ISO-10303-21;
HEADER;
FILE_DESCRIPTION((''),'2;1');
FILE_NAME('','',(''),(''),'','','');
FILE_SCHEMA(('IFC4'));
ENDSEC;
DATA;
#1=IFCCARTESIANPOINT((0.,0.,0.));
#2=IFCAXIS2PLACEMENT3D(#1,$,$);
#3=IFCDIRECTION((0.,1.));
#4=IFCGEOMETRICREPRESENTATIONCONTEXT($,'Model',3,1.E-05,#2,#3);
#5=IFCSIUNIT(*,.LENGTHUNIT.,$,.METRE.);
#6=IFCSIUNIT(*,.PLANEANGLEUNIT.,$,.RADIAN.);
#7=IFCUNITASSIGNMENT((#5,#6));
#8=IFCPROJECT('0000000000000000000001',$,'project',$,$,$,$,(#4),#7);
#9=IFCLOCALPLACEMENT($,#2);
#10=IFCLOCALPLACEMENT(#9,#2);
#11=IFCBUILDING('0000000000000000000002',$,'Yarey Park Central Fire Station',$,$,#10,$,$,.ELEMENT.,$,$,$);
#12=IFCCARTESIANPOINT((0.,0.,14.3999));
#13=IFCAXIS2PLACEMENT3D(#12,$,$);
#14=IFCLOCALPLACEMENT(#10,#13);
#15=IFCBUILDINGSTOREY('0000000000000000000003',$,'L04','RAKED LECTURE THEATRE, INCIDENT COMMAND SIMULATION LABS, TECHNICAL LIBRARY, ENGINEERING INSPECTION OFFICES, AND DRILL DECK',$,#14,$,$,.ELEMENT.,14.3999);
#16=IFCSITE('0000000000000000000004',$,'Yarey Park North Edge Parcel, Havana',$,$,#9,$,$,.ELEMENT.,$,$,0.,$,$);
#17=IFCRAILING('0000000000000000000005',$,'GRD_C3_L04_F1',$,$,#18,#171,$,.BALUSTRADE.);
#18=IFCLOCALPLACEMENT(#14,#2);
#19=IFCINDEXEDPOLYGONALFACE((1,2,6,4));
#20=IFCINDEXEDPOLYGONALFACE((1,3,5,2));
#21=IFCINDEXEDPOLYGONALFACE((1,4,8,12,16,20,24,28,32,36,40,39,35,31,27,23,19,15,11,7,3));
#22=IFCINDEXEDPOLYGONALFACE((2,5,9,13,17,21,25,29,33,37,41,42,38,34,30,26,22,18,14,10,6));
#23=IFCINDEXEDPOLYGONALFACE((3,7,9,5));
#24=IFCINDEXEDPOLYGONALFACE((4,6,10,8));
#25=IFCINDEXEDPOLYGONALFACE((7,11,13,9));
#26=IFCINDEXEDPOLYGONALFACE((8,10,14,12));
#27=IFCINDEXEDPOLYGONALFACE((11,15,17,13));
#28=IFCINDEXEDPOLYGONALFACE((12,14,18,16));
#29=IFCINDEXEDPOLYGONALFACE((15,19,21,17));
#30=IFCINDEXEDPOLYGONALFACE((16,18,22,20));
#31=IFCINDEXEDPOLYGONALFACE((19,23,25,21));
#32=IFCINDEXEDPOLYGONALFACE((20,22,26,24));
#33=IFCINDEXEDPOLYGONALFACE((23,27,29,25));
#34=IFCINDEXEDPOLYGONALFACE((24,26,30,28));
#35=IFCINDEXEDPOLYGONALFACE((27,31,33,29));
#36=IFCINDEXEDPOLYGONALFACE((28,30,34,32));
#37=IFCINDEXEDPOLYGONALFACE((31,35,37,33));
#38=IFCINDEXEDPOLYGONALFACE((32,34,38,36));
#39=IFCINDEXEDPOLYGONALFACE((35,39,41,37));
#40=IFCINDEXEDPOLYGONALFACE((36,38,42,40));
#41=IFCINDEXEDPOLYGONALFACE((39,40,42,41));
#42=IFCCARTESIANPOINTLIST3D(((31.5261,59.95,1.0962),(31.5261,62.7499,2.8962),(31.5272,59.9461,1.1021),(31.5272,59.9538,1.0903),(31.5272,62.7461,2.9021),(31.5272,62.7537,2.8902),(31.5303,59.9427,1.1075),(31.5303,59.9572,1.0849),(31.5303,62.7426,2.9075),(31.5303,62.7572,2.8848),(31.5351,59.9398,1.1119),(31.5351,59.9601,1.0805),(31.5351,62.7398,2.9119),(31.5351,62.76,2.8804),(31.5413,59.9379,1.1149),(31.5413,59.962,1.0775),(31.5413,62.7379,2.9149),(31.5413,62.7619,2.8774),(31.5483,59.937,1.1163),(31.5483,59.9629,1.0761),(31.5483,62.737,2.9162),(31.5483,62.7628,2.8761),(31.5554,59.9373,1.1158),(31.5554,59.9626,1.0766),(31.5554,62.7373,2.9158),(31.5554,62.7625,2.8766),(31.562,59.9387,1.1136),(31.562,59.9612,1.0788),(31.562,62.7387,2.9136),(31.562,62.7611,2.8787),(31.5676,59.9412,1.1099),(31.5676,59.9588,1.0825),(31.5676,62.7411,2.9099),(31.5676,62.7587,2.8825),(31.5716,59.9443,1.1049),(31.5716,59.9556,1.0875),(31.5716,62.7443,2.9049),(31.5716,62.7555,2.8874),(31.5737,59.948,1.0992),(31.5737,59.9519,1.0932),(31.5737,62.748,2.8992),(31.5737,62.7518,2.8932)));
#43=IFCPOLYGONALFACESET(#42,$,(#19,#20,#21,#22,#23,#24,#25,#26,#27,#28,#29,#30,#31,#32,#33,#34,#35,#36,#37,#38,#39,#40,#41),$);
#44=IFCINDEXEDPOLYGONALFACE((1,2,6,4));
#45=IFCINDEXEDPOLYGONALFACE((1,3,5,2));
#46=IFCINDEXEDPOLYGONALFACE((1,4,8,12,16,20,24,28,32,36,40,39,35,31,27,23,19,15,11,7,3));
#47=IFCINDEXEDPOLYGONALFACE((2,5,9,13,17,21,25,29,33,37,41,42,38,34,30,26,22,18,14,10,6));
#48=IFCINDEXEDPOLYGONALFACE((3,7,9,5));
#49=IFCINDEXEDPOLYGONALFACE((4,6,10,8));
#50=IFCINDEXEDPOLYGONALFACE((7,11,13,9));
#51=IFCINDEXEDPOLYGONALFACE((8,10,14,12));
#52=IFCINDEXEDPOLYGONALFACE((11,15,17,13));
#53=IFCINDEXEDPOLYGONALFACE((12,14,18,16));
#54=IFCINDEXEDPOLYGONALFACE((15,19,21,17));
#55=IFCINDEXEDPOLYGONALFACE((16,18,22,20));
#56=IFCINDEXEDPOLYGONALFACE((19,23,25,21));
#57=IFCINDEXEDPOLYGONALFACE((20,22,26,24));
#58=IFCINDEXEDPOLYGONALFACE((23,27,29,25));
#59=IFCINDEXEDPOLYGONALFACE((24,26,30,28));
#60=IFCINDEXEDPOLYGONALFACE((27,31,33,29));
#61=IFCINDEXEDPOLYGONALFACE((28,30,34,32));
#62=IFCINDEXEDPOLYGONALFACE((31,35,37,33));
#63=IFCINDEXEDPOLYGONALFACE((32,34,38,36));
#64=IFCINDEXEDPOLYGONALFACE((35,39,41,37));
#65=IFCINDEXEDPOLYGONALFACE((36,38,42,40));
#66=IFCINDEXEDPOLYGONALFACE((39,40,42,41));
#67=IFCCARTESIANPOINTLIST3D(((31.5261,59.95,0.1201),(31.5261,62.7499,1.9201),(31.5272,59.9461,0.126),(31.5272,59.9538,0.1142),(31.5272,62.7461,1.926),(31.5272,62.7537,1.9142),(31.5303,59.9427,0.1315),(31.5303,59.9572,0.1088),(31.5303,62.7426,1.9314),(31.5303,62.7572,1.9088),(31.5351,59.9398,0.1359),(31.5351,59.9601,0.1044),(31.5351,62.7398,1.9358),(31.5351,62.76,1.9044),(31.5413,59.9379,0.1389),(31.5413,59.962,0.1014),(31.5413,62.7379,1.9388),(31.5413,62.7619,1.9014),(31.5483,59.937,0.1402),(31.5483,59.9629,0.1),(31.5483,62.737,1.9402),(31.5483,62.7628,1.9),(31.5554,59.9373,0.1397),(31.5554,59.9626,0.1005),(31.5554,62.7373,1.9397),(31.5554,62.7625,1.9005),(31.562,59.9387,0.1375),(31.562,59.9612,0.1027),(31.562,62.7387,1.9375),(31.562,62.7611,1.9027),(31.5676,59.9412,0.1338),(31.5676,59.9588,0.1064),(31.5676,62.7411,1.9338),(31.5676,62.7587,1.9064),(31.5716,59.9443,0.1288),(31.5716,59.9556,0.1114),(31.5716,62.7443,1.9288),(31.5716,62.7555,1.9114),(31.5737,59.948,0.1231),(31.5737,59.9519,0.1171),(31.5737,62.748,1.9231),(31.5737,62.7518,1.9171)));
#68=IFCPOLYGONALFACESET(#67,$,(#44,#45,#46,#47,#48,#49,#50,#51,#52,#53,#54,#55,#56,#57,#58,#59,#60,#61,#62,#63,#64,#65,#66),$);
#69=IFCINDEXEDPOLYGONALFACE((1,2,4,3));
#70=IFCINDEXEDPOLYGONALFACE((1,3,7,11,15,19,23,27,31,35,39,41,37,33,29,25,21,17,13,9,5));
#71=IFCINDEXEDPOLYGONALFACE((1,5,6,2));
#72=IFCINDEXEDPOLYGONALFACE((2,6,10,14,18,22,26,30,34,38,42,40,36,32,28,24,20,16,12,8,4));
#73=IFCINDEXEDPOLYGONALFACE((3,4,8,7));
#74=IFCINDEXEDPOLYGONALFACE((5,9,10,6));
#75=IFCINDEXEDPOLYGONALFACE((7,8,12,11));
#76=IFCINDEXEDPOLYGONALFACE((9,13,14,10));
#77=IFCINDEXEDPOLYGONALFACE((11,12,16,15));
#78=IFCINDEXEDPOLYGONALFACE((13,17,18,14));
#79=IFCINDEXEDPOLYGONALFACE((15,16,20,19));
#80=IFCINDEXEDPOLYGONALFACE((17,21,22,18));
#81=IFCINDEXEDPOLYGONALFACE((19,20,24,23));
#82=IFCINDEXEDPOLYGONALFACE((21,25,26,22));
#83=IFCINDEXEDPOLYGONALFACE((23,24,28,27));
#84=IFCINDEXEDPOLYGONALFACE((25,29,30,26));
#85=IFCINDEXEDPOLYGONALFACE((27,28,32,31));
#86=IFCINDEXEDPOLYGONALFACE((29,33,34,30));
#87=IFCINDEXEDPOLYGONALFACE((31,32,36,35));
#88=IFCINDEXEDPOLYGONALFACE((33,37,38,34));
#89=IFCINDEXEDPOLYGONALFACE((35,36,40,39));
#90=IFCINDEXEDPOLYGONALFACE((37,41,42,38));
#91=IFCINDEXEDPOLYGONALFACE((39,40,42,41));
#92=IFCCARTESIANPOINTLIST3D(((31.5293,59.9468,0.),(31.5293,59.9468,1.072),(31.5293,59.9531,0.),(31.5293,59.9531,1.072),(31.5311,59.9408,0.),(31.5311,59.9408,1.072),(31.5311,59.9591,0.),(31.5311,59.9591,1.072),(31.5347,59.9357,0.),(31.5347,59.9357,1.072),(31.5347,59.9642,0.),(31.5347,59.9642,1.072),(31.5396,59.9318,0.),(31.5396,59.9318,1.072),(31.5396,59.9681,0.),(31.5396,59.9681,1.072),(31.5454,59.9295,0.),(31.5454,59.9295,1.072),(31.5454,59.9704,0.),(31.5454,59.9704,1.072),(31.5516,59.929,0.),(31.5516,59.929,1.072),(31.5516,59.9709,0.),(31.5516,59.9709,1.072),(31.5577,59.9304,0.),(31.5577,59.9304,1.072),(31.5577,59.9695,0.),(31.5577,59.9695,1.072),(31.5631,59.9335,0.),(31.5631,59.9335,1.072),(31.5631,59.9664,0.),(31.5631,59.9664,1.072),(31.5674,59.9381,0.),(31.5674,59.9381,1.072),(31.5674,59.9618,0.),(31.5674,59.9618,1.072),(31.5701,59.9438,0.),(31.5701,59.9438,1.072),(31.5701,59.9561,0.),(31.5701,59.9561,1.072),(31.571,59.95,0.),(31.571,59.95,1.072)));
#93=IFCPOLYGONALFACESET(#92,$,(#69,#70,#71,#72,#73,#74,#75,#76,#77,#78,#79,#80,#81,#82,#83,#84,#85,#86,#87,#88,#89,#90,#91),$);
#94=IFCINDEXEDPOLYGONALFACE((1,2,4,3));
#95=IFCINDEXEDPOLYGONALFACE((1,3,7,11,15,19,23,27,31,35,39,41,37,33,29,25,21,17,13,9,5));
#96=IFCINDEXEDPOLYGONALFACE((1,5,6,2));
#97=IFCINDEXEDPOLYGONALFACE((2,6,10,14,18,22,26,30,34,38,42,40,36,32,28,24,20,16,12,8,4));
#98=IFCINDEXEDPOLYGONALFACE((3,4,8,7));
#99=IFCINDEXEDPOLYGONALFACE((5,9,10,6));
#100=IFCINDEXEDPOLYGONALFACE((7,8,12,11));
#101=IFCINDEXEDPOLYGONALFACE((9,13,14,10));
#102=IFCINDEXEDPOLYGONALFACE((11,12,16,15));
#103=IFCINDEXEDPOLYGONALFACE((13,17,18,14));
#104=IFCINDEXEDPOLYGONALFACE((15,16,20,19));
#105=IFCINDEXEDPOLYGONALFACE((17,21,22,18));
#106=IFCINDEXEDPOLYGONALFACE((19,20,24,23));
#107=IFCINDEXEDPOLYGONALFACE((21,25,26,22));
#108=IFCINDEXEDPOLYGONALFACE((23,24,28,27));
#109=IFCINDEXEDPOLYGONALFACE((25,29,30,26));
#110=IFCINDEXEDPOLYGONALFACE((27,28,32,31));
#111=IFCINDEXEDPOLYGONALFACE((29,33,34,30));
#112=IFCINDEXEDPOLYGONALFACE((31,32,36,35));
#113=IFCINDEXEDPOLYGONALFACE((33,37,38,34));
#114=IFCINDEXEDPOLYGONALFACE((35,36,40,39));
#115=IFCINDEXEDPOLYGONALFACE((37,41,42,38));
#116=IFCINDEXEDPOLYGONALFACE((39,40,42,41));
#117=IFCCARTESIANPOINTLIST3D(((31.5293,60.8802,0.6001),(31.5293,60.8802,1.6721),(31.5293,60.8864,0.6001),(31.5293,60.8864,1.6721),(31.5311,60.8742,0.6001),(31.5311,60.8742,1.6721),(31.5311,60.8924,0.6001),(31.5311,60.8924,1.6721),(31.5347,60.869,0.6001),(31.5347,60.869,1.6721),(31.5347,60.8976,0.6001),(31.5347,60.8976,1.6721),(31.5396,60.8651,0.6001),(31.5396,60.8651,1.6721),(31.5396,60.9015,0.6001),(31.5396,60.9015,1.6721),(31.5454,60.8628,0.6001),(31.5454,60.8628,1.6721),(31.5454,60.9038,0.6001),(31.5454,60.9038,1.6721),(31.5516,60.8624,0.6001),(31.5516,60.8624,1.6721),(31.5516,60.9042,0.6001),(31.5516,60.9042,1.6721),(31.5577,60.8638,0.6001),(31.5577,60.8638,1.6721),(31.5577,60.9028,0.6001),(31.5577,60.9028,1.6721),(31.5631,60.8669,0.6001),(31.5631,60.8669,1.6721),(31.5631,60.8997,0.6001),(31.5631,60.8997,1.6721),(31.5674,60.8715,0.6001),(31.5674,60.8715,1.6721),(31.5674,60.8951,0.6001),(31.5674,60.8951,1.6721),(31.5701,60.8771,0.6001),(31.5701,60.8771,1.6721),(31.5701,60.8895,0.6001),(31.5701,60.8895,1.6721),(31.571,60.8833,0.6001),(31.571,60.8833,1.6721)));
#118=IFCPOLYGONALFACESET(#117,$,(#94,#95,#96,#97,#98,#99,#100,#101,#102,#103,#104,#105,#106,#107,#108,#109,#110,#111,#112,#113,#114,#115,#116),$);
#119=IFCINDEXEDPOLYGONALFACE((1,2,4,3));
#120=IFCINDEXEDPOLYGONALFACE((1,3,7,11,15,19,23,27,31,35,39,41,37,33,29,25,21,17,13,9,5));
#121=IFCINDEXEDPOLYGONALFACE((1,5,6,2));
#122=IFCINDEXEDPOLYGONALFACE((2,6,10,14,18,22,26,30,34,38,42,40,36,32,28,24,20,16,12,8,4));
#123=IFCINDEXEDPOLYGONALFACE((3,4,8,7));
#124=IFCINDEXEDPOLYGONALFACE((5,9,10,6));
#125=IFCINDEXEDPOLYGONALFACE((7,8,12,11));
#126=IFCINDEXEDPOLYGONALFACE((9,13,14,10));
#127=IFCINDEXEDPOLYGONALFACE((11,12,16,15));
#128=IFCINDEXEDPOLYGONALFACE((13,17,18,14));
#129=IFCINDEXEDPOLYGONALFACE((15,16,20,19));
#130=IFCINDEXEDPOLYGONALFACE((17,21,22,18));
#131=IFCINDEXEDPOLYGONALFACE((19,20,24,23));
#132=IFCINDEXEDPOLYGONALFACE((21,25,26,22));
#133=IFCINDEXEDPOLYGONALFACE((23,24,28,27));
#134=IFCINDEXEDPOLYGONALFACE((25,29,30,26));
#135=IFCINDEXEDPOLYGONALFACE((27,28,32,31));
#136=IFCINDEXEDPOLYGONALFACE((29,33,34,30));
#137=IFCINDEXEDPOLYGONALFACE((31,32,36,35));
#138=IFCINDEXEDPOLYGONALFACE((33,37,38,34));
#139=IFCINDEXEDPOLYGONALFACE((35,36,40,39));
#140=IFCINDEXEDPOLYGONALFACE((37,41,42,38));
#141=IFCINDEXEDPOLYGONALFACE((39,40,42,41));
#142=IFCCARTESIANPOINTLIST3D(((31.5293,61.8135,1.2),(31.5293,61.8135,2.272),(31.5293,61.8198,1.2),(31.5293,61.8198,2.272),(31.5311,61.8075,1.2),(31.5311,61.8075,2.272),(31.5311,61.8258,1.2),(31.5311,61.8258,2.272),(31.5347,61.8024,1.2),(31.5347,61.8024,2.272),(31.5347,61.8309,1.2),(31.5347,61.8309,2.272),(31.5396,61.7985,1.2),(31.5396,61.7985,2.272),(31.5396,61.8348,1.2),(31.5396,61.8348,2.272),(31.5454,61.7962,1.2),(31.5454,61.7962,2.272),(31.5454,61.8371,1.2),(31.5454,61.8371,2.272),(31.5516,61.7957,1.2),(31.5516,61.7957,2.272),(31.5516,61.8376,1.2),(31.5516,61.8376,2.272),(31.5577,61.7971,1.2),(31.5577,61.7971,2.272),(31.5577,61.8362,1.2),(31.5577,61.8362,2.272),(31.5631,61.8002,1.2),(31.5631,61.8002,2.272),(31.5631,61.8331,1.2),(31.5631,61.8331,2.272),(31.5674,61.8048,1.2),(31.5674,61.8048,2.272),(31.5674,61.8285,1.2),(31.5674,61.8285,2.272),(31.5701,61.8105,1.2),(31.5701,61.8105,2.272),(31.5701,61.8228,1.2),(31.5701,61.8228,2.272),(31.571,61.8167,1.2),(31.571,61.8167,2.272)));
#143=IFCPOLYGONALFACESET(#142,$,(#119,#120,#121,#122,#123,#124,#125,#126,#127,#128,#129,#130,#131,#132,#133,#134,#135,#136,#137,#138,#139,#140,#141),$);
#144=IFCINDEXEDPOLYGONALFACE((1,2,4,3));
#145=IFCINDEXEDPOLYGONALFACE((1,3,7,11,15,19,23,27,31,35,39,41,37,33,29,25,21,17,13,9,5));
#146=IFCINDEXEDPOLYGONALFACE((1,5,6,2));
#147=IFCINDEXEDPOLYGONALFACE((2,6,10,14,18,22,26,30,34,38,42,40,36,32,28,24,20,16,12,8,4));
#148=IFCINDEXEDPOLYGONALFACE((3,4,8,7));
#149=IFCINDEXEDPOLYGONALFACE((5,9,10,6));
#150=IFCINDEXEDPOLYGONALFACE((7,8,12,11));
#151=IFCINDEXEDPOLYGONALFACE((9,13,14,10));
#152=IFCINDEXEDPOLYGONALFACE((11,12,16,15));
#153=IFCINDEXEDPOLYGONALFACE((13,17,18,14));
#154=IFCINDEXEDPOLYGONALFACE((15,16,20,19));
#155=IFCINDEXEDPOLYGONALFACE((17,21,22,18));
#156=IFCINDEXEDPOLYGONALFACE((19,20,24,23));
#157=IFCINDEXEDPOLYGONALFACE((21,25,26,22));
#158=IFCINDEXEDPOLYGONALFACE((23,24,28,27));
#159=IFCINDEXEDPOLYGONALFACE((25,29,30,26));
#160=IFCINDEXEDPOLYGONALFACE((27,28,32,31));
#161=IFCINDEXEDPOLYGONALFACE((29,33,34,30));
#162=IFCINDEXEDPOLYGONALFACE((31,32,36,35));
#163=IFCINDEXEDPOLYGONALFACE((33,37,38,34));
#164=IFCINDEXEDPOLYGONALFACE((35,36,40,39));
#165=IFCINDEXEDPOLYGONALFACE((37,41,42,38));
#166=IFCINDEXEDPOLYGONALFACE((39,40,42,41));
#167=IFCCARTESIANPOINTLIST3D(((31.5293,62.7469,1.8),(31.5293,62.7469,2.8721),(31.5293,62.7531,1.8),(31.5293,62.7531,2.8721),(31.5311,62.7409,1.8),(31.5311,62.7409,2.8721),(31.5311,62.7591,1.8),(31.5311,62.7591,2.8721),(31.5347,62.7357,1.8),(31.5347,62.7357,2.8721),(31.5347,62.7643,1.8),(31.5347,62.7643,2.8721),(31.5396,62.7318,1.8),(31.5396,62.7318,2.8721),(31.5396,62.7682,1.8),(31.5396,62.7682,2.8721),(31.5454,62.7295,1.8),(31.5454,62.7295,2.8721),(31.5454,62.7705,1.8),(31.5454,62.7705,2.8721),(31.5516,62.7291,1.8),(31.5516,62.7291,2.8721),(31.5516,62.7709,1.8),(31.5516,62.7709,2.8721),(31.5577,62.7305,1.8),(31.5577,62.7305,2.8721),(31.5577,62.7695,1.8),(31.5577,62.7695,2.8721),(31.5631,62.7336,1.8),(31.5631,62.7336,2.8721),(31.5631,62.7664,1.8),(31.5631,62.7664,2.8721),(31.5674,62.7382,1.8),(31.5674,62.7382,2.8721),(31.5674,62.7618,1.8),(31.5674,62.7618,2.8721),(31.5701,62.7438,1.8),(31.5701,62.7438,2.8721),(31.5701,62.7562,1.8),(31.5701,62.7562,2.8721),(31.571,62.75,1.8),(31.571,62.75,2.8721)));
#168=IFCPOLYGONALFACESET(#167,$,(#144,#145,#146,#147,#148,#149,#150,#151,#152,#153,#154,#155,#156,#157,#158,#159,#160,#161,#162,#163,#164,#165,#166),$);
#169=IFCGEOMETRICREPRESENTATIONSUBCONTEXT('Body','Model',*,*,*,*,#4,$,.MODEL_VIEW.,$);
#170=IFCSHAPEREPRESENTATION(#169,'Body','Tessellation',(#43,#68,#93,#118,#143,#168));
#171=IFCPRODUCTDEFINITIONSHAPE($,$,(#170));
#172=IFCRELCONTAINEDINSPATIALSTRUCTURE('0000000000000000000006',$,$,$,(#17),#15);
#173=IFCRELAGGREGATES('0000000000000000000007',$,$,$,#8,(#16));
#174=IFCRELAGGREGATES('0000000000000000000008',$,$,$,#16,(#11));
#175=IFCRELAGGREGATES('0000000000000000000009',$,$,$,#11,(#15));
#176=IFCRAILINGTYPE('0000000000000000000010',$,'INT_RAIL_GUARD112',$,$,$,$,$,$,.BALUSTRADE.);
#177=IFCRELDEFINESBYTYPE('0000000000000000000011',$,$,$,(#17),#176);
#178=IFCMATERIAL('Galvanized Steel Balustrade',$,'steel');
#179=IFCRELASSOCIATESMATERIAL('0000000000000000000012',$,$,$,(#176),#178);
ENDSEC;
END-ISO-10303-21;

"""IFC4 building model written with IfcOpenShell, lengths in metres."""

from ifc_helpers import new_model, si_unit, direction, frame, origin, origin_2d, place, context, subcontext, project, spatial, circle, extrude, material, type_object, element, save


model = new_model("IFC4")

# Units and contexts
model_context = context("Model", 3, precision=1e-05, world=origin(), true_north=direction((0.0, 1.0)))
body_context = subcontext(model_context, "Body", "Model", "MODEL_VIEW")
ifc_project = project(units=[si_unit("LENGTHUNIT", "METRE"), si_unit("PLANEANGLEUNIT", "RADIAN")], contexts=[model_context])

# Site, building, storey
site_placement = place(None, origin())
site = spatial("IfcSite", under=ifc_project, at=site_placement, Name="Yarey Park North Edge Parcel, Havana", CompositionType="ELEMENT", RefElevation=0.0)
building_placement = place(site_placement, origin())
building = spatial("IfcBuilding", under=site, at=building_placement, Name="Yarey Park Central Fire Station", CompositionType="ELEMENT")
storey_placement = place(building_placement, frame((0.0, 0.0, 14.3999)))
storey = spatial("IfcBuildingStorey", under=building, at=storey_placement, Name="L04", Description="RAKED LECTURE THEATRE, INCIDENT COMMAND SIMULATION LABS, TECHNICAL LIBRARY, ENGINEERING INSPECTION OFFICES, AND DRILL DECK", CompositionType="ELEMENT", Elevation=14.3999)

# Railing
ifc_material_1 = material(Name="Galvanized Steel Balustrade", Category="steel")
railing_type_1 = type_object("IfcRailingType", Name="INT_RAIL_GUARD112", PredefinedType="BALUSTRADE", material=ifc_material_1)
railing_1_placement = place(storey_placement, frame((31.55, 59.95, 0.0)))
element("IfcRailing", 1, at=railing_1_placement, inside=storey, type_object=railing_type_1, Name="GRD_C3_L04_F1", PredefinedType="BALUSTRADE", context=body_context, shape_type="SweptSolid", body=[
    extrude(circle(Radius=0.0239, at=origin_2d()), frame((0.0, 0.0, 1.0962), z_axis=(0.0, 0.841176, 0.540761), x_axis=(-1.0, 0.0, 0.0)), (0.0, 0.0, 1.0), 3.3286),
    extrude(circle(Radius=0.0239, at=origin_2d()), frame((0.0, 0.0, 0.1201), z_axis=(0.0, 0.841176, 0.540761), x_axis=(-1.0, 0.0, 0.0)), (0.0, 0.0, 1.0), 3.3286),
    extrude(circle(Radius=0.021, at=origin_2d()), origin(), (0.0, 0.0, 1.0), 1.072),
    extrude(circle(Radius=0.021, at=origin_2d()), frame((0.0, 0.9333, 0.6001)), (0.0, 0.0, 1.0), 1.072),
    extrude(circle(Radius=0.021, at=origin_2d()), frame((0.0, 1.8667, 1.2)), (0.0, 0.0, 1.0), 1.072),
    extrude(circle(Radius=0.021, at=origin_2d()), frame((0.0, 2.8, 1.8)), (0.0, 0.0, 1.0), 1.072),
])

save(model, "model.ifc")
